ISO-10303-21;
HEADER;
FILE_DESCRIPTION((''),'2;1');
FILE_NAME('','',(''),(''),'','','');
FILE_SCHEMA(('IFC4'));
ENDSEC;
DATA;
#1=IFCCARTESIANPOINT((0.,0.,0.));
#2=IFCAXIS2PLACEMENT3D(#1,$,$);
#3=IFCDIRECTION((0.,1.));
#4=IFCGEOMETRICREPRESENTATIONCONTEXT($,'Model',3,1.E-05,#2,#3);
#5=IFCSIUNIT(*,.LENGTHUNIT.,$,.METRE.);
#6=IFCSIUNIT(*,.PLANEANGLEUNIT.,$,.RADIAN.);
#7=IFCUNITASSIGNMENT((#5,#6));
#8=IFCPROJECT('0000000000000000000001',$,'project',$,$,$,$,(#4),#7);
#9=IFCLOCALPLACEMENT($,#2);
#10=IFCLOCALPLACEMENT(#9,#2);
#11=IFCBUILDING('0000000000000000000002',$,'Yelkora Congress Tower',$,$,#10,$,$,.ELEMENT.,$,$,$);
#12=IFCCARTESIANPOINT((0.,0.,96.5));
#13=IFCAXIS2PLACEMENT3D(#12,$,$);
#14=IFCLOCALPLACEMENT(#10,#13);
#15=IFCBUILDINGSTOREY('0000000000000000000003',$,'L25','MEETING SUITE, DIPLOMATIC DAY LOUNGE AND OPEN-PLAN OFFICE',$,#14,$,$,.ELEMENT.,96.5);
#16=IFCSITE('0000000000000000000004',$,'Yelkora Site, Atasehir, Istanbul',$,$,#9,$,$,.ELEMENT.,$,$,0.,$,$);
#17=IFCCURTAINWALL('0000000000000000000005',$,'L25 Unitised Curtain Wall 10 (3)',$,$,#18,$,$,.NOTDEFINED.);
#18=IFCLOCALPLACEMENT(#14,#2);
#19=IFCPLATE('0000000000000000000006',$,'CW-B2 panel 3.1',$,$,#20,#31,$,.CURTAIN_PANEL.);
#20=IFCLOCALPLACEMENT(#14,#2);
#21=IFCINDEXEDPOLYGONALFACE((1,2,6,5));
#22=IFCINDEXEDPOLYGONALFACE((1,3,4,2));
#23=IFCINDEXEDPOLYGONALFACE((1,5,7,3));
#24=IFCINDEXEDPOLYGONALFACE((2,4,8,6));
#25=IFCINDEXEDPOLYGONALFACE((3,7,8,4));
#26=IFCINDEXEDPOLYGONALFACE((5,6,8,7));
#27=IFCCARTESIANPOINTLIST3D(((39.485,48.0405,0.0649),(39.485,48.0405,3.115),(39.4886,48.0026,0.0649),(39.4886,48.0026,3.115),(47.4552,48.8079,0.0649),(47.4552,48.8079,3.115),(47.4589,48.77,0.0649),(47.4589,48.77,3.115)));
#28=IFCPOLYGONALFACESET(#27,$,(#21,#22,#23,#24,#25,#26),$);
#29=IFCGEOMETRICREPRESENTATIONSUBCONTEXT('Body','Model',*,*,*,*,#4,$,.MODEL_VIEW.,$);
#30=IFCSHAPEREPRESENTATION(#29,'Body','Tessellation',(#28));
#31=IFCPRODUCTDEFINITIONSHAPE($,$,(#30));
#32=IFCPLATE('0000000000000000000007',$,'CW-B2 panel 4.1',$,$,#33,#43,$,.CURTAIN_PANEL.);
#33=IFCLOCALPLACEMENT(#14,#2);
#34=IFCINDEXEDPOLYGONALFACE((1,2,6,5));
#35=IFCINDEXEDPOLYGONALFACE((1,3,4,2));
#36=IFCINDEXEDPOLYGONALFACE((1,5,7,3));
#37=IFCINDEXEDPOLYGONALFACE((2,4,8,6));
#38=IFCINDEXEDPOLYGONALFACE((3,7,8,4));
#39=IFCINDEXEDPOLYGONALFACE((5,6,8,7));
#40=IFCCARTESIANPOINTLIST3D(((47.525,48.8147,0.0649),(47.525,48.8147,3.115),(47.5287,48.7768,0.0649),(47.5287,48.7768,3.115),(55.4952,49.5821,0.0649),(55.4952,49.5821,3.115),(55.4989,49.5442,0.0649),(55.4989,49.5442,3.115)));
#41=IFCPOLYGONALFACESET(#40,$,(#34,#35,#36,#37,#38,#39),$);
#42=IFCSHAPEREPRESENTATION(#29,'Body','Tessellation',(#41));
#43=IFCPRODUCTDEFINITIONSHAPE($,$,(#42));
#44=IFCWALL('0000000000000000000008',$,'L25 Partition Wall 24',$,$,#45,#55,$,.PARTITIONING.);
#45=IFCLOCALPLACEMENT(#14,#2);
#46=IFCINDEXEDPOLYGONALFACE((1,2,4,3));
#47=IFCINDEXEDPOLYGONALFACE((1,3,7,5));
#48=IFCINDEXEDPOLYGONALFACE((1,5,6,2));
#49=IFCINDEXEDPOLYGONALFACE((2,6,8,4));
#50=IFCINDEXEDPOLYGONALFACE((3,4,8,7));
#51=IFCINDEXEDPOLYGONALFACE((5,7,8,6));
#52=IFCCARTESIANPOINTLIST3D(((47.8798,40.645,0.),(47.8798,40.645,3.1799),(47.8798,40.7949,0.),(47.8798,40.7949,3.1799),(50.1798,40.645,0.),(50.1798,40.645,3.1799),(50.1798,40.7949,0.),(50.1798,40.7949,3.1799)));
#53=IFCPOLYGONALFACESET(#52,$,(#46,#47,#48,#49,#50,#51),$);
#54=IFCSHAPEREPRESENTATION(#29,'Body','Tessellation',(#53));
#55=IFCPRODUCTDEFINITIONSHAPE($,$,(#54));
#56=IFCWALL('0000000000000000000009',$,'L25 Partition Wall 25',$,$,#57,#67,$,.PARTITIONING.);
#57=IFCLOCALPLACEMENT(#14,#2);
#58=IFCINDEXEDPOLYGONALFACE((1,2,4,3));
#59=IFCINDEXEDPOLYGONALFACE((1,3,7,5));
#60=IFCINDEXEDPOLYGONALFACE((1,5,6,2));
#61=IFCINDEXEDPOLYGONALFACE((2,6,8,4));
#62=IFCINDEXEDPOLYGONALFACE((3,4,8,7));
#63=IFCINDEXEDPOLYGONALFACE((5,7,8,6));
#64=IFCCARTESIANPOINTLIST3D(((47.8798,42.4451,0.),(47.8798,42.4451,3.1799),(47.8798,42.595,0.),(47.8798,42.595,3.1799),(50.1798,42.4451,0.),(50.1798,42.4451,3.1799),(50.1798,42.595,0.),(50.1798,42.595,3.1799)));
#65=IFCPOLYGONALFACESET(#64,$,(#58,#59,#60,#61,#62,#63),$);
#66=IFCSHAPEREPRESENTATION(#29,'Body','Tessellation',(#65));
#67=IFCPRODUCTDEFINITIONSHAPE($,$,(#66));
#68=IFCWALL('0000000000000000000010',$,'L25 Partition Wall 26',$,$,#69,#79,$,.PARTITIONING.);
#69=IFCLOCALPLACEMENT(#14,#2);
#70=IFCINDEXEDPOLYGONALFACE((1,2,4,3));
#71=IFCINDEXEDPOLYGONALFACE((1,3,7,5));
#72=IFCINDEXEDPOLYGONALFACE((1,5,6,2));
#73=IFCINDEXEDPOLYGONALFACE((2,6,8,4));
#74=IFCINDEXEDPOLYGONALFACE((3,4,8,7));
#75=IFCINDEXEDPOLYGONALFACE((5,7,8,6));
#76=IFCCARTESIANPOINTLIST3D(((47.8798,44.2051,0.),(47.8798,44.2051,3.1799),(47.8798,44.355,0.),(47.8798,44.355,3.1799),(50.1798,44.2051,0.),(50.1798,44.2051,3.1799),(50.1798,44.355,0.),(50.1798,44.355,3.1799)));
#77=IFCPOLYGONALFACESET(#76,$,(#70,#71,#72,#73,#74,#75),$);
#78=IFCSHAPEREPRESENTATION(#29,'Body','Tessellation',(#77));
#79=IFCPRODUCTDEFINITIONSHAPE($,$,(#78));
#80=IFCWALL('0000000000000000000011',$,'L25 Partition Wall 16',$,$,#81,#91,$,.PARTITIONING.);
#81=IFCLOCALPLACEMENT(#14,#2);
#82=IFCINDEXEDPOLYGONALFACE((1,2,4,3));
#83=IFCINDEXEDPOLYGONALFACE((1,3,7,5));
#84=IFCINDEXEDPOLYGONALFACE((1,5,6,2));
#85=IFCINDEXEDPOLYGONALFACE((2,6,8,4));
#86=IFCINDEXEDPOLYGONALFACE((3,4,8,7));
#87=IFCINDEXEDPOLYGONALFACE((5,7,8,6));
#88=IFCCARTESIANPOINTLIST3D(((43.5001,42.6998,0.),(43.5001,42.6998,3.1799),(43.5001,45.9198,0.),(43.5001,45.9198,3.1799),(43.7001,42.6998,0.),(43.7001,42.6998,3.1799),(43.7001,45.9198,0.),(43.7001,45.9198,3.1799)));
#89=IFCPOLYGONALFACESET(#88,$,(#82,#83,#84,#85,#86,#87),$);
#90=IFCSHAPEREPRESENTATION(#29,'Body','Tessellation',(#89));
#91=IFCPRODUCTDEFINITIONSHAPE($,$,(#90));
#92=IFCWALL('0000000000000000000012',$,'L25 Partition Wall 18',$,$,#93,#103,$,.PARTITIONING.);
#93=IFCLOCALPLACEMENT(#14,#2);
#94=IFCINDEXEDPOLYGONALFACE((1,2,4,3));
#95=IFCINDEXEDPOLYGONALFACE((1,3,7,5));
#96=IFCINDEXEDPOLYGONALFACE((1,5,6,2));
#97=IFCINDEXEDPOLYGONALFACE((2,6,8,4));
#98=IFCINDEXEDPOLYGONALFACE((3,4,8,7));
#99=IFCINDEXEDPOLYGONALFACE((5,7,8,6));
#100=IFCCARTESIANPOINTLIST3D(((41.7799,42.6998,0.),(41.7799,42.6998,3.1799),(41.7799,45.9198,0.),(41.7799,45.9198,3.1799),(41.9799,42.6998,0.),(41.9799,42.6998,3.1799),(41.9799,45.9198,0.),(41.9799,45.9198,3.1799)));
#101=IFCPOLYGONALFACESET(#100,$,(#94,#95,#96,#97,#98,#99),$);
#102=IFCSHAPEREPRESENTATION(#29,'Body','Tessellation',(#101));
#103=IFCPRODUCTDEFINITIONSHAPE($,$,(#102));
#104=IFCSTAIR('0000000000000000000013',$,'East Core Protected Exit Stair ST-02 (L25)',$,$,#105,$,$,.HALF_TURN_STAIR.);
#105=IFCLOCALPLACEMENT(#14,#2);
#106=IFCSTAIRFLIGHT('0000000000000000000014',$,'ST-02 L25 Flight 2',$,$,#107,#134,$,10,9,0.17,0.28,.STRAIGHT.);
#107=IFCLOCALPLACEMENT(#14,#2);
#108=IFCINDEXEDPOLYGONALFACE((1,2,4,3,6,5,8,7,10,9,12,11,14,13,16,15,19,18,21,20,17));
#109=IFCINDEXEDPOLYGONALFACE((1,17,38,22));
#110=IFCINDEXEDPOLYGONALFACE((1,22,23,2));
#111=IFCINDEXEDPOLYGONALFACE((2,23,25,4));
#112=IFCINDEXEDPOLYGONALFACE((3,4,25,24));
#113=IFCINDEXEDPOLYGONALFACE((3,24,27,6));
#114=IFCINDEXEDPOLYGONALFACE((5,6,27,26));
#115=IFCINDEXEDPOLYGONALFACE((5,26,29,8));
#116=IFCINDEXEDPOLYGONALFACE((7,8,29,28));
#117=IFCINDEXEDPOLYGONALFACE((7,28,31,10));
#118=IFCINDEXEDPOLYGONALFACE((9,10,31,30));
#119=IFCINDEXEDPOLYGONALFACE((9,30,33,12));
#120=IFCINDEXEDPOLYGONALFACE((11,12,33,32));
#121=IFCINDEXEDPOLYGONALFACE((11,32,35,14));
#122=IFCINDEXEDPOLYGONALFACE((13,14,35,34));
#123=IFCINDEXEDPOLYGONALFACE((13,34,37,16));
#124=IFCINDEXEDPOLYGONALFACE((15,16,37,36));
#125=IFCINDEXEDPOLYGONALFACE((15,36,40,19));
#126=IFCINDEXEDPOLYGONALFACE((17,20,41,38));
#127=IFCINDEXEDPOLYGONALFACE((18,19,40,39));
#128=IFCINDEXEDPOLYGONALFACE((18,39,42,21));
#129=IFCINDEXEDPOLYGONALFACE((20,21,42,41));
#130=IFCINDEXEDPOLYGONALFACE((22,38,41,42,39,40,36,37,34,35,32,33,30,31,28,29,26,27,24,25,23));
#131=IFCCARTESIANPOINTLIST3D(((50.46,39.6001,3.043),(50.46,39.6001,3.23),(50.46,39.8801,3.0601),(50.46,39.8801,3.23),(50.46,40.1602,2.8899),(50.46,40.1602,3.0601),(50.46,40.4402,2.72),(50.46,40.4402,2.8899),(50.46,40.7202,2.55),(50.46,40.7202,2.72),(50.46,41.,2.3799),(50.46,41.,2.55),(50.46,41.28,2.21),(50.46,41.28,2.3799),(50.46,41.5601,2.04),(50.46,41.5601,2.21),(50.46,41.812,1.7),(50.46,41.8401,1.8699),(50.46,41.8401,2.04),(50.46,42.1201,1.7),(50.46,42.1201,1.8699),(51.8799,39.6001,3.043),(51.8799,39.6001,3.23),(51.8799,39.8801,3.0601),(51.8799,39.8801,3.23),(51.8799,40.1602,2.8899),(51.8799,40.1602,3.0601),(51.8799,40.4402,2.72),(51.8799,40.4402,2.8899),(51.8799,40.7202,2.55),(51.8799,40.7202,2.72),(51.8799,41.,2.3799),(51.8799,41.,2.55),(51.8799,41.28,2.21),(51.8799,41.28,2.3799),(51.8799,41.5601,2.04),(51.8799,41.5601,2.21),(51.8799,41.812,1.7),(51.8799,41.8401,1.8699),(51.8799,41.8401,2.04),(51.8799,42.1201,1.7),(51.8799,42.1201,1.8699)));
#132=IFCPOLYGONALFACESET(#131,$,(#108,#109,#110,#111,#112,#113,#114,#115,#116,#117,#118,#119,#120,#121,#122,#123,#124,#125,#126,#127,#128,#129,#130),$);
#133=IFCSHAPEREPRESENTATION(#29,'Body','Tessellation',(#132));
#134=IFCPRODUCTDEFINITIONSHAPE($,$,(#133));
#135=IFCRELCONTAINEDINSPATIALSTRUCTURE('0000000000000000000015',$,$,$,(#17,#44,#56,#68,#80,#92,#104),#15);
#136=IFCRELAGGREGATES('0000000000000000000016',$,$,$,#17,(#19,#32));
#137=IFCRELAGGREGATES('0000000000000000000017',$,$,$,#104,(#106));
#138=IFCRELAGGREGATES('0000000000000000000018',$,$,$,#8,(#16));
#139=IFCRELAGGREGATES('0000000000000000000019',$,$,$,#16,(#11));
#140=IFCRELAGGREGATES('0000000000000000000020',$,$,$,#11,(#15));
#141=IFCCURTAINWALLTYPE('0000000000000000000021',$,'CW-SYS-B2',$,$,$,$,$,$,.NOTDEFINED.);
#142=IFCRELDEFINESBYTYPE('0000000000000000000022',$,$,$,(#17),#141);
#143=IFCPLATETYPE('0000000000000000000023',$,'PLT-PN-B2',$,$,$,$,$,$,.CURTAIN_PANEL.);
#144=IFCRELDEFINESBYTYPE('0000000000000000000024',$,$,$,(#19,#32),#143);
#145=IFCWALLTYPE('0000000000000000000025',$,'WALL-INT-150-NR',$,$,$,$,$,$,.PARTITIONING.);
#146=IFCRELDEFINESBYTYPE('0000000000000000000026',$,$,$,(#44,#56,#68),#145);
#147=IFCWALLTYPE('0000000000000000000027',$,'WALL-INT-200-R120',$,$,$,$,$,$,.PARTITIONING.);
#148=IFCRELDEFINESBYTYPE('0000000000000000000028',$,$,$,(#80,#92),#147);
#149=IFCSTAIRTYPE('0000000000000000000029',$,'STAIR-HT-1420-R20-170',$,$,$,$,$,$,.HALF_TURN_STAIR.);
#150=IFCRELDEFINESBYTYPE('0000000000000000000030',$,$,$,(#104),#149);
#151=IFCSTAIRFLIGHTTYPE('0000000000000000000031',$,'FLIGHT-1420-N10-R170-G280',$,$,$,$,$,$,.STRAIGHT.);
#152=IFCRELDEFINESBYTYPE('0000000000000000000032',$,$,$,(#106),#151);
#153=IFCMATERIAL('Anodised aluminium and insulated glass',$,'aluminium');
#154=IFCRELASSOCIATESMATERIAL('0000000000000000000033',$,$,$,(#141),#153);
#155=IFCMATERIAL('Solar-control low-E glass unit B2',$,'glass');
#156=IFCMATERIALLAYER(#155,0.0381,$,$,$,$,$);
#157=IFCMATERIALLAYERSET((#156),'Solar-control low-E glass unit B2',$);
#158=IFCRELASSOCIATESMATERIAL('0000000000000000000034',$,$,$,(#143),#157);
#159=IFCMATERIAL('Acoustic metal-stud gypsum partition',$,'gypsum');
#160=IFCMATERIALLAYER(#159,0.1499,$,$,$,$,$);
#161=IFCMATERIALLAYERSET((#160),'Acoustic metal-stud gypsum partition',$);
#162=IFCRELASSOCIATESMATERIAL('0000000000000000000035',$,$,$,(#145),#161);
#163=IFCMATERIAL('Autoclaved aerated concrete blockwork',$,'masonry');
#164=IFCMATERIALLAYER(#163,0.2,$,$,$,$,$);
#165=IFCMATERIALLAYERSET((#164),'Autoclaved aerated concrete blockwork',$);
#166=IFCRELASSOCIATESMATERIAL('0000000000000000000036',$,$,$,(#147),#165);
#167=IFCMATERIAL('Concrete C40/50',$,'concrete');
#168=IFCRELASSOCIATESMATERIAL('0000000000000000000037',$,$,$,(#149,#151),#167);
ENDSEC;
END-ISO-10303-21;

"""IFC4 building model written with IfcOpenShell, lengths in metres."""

from ifc_helpers import new_model, si_unit, direction, frame, frame_2d, origin, origin_2d, place, context, subcontext, project, spatial, polyline, rectangle, outline, extrude, material, layer, layer_set, type_object, element, aggregate, save


model = new_model("IFC4")

# Units and contexts
model_context = context("Model", 3, precision=1e-05, world=origin(), true_north=direction((0.0, 1.0)))
body_context = subcontext(model_context, "Body", "Model", "MODEL_VIEW")
ifc_project = project(units=[si_unit("LENGTHUNIT", "METRE"), si_unit("PLANEANGLEUNIT", "RADIAN")], contexts=[model_context])

# Site, building, storey
site_placement = place(None, origin())
site = spatial("IfcSite", under=ifc_project, at=site_placement, Name="Yelkora Site, Atasehir, Istanbul", CompositionType="ELEMENT", RefElevation=0.0)
building_placement = place(site_placement, origin())
building = spatial("IfcBuilding", under=site, at=building_placement, Name="Yelkora Congress Tower", CompositionType="ELEMENT")
storey_placement = place(building_placement, frame((0.0, 0.0, 96.5)))
storey = spatial("IfcBuildingStorey", under=building, at=storey_placement, Name="L25", Description="MEETING SUITE, DIPLOMATIC DAY LOUNGE AND OPEN-PLAN OFFICE", CompositionType="ELEMENT", Elevation=96.5)

# Curtain wall, plates
ifc_material_1 = material(Name="Anodised aluminium and insulated glass", Category="aluminium")
curtain_wall_type = type_object("IfcCurtainWallType", Name="CW-SYS-B2", PredefinedType="NOTDEFINED", material=ifc_material_1)
curtain_wall_placement = place(storey_placement, origin())
curtain_wall = element("IfcCurtainWall", 1, at=curtain_wall_placement, inside=storey, type_object=curtain_wall_type, Name="L25 Unitised Curtain Wall 10 (3)", PredefinedType="NOTDEFINED")
ifc_material_2 = material(Name="Solar-control low-E glass unit B2", Category="glass")
ifc_layer_1 = layer(ifc_material_2, 0.0381)
ifc_layer_set_1 = layer_set([ifc_layer_1], Name="Solar-control low-E glass unit B2")
plate_type = type_object("IfcPlateType", Name="PLT-PN-B2", PredefinedType="CURTAIN_PANEL", material=ifc_layer_set_1)
plate_1_placement = place(storey_placement, frame((43.4719, 48.4053, 0.0649), z_axis=(0.0, 0.0, 1.0), x_axis=(0.995396, 0.095844, 0.0)))
plate_1 = element("IfcPlate", 2, at=plate_1_placement, type_object=plate_type, Name="CW-B2 panel 3.1", PredefinedType="CURTAIN_PANEL", context=body_context, shape_type="SweptSolid", body=[
    extrude(rectangle(XDim=8.0071, YDim=0.0381, at=origin_2d()), origin(), (0.0, 0.0, 1.0), 3.05),
])
plate_2_placement = place(storey_placement, frame((51.512, 49.1794, 0.0649), z_axis=(0.0, 0.0, 1.0), x_axis=(0.995396, 0.095844, 0.0)))
plate_2 = element("IfcPlate", 3, at=plate_2_placement, type_object=plate_type, Name="CW-B2 panel 4.1", PredefinedType="CURTAIN_PANEL", context=body_context, shape_type="SweptSolid", body=[
    extrude(rectangle(XDim=8.0071, YDim=0.0381, at=origin_2d()), origin(), (0.0, 0.0, 1.0), 3.05),
])
aggregate(curtain_wall, [plate_1, plate_2])

# Walls
ifc_material_3 = material(Name="Acoustic metal-stud gypsum partition", Category="gypsum")
ifc_layer_2 = layer(ifc_material_3, 0.1499)
ifc_layer_set_2 = layer_set([ifc_layer_2], Name="Acoustic metal-stud gypsum partition")
wall_type_1 = type_object("IfcWallType", Name="WALL-INT-150-NR", PredefinedType="PARTITIONING", material=ifc_layer_set_2)
for number, where, z_axis, x_axis, name in (
    (4, (47.8799, 40.72, 0.0), (0.0, 0.0, 1.0), (1.0, 0.0, 0.0), "L25 Partition Wall 24"),
    (5, (47.8799, 42.52, 0.0), (0.0, 0.0, 1.0), (1.0, 0.0, 0.0), "L25 Partition Wall 25"),
    (6, (47.8799, 44.28, 0.0), (0.0, 0.0, 1.0), (1.0, 0.0, 0.0), "L25 Partition Wall 26"),
):
    element("IfcWall", number, at=place(storey_placement, frame(where, z_axis=z_axis, x_axis=x_axis)), inside=storey, type_object=wall_type_1, Name=name, PredefinedType="PARTITIONING", context=body_context, shape_type="SweptSolid", body=[
        extrude(rectangle(XDim=2.3, YDim=0.1499, at=frame_2d((1.1499, 0.0))), origin(), (0.0, 0.0, 1.0), 3.1799),
    ])
ifc_material_4 = material(Name="Autoclaved aerated concrete blockwork", Category="masonry")
ifc_layer_3 = layer(ifc_material_4, 0.2)
ifc_layer_set_3 = layer_set([ifc_layer_3], Name="Autoclaved aerated concrete blockwork")
wall_type_2 = type_object("IfcWallType", Name="WALL-INT-200-R120", PredefinedType="PARTITIONING", material=ifc_layer_set_3)
for number, where, z_axis, x_axis, name in (
    (7, (43.6001, 42.7, 0.0), (0.0, 0.0, 1.0), (0.0, 1.0, 0.0), "L25 Partition Wall 16"),
    (8, (41.8799, 42.7, 0.0), (0.0, 0.0, 1.0), (0.0, 1.0, 0.0), "L25 Partition Wall 18"),
):
    element("IfcWall", number, at=place(storey_placement, frame(where, z_axis=z_axis, x_axis=x_axis)), inside=storey, type_object=wall_type_2, Name=name, PredefinedType="PARTITIONING", context=body_context, shape_type="SweptSolid", body=[
        extrude(rectangle(XDim=3.22, YDim=0.2, at=frame_2d((1.6099, 0.0))), origin(), (0.0, 0.0, 1.0), 3.1799),
    ])

# Stair, stair flight
ifc_material_5 = material(Name="Concrete C40/50", Category="concrete")
stair_type = type_object("IfcStairType", Name="STAIR-HT-1420-R20-170", PredefinedType="HALF_TURN_STAIR", material=ifc_material_5)
stair_placement = place(storey_placement, origin())
stair = element("IfcStair", 9, at=stair_placement, inside=storey, type_object=stair_type, Name="East Core Protected Exit Stair ST-02 (L25)", PredefinedType="HALF_TURN_STAIR")
stair_flight_type = type_object("IfcStairFlightType", Name="FLIGHT-1420-N10-R170-G280", PredefinedType="STRAIGHT", material=ifc_material_5)
stair_flight_placement = place(storey_placement, frame((51.1699, 42.1201, 1.7), z_axis=(0.0, 0.0, 1.0), x_axis=(0.0, -1.0, 0.0)))
stair_flight = element("IfcStairFlight", 10, at=stair_flight_placement, type_object=stair_flight_type, Name="ST-02 L25 Flight 2", NumberOfRisers=10, NumberOfTreads=9, PredefinedType="STRAIGHT", RiserHeight=0.17, TreadLength=0.28, context=body_context, shape_type="SweptSolid", body=[
    extrude(outline(polyline([(0.0, 0.0), (0.0, 0.1699), (0.28, 0.1699), (0.28, 0.3401), (0.5601, 0.3401), (0.5601, 0.51), (0.8401, 0.51), (0.8401, 0.6799), (1.1201, 0.6799), (1.1201, 0.8501), (1.3999, 0.8501), (1.3999, 1.02), (1.6799, 1.02), (1.6799, 1.1899), (1.96, 1.1899), (1.96, 1.3601), (2.24, 1.3601), (2.24, 1.53), (2.52, 1.53), (2.52, 1.7), (2.52, 1.343), (0.3081, 0.0), (0.0, 0.0)])), frame((0.0, 0.71, 0.0), z_axis=(0.0, -1.0, 0.0), x_axis=(1.0, 0.0, 0.0)), (0.0, 0.0, 1.0), 1.4199),
])
aggregate(stair, [stair_flight])

save(model, "model.ifc")
